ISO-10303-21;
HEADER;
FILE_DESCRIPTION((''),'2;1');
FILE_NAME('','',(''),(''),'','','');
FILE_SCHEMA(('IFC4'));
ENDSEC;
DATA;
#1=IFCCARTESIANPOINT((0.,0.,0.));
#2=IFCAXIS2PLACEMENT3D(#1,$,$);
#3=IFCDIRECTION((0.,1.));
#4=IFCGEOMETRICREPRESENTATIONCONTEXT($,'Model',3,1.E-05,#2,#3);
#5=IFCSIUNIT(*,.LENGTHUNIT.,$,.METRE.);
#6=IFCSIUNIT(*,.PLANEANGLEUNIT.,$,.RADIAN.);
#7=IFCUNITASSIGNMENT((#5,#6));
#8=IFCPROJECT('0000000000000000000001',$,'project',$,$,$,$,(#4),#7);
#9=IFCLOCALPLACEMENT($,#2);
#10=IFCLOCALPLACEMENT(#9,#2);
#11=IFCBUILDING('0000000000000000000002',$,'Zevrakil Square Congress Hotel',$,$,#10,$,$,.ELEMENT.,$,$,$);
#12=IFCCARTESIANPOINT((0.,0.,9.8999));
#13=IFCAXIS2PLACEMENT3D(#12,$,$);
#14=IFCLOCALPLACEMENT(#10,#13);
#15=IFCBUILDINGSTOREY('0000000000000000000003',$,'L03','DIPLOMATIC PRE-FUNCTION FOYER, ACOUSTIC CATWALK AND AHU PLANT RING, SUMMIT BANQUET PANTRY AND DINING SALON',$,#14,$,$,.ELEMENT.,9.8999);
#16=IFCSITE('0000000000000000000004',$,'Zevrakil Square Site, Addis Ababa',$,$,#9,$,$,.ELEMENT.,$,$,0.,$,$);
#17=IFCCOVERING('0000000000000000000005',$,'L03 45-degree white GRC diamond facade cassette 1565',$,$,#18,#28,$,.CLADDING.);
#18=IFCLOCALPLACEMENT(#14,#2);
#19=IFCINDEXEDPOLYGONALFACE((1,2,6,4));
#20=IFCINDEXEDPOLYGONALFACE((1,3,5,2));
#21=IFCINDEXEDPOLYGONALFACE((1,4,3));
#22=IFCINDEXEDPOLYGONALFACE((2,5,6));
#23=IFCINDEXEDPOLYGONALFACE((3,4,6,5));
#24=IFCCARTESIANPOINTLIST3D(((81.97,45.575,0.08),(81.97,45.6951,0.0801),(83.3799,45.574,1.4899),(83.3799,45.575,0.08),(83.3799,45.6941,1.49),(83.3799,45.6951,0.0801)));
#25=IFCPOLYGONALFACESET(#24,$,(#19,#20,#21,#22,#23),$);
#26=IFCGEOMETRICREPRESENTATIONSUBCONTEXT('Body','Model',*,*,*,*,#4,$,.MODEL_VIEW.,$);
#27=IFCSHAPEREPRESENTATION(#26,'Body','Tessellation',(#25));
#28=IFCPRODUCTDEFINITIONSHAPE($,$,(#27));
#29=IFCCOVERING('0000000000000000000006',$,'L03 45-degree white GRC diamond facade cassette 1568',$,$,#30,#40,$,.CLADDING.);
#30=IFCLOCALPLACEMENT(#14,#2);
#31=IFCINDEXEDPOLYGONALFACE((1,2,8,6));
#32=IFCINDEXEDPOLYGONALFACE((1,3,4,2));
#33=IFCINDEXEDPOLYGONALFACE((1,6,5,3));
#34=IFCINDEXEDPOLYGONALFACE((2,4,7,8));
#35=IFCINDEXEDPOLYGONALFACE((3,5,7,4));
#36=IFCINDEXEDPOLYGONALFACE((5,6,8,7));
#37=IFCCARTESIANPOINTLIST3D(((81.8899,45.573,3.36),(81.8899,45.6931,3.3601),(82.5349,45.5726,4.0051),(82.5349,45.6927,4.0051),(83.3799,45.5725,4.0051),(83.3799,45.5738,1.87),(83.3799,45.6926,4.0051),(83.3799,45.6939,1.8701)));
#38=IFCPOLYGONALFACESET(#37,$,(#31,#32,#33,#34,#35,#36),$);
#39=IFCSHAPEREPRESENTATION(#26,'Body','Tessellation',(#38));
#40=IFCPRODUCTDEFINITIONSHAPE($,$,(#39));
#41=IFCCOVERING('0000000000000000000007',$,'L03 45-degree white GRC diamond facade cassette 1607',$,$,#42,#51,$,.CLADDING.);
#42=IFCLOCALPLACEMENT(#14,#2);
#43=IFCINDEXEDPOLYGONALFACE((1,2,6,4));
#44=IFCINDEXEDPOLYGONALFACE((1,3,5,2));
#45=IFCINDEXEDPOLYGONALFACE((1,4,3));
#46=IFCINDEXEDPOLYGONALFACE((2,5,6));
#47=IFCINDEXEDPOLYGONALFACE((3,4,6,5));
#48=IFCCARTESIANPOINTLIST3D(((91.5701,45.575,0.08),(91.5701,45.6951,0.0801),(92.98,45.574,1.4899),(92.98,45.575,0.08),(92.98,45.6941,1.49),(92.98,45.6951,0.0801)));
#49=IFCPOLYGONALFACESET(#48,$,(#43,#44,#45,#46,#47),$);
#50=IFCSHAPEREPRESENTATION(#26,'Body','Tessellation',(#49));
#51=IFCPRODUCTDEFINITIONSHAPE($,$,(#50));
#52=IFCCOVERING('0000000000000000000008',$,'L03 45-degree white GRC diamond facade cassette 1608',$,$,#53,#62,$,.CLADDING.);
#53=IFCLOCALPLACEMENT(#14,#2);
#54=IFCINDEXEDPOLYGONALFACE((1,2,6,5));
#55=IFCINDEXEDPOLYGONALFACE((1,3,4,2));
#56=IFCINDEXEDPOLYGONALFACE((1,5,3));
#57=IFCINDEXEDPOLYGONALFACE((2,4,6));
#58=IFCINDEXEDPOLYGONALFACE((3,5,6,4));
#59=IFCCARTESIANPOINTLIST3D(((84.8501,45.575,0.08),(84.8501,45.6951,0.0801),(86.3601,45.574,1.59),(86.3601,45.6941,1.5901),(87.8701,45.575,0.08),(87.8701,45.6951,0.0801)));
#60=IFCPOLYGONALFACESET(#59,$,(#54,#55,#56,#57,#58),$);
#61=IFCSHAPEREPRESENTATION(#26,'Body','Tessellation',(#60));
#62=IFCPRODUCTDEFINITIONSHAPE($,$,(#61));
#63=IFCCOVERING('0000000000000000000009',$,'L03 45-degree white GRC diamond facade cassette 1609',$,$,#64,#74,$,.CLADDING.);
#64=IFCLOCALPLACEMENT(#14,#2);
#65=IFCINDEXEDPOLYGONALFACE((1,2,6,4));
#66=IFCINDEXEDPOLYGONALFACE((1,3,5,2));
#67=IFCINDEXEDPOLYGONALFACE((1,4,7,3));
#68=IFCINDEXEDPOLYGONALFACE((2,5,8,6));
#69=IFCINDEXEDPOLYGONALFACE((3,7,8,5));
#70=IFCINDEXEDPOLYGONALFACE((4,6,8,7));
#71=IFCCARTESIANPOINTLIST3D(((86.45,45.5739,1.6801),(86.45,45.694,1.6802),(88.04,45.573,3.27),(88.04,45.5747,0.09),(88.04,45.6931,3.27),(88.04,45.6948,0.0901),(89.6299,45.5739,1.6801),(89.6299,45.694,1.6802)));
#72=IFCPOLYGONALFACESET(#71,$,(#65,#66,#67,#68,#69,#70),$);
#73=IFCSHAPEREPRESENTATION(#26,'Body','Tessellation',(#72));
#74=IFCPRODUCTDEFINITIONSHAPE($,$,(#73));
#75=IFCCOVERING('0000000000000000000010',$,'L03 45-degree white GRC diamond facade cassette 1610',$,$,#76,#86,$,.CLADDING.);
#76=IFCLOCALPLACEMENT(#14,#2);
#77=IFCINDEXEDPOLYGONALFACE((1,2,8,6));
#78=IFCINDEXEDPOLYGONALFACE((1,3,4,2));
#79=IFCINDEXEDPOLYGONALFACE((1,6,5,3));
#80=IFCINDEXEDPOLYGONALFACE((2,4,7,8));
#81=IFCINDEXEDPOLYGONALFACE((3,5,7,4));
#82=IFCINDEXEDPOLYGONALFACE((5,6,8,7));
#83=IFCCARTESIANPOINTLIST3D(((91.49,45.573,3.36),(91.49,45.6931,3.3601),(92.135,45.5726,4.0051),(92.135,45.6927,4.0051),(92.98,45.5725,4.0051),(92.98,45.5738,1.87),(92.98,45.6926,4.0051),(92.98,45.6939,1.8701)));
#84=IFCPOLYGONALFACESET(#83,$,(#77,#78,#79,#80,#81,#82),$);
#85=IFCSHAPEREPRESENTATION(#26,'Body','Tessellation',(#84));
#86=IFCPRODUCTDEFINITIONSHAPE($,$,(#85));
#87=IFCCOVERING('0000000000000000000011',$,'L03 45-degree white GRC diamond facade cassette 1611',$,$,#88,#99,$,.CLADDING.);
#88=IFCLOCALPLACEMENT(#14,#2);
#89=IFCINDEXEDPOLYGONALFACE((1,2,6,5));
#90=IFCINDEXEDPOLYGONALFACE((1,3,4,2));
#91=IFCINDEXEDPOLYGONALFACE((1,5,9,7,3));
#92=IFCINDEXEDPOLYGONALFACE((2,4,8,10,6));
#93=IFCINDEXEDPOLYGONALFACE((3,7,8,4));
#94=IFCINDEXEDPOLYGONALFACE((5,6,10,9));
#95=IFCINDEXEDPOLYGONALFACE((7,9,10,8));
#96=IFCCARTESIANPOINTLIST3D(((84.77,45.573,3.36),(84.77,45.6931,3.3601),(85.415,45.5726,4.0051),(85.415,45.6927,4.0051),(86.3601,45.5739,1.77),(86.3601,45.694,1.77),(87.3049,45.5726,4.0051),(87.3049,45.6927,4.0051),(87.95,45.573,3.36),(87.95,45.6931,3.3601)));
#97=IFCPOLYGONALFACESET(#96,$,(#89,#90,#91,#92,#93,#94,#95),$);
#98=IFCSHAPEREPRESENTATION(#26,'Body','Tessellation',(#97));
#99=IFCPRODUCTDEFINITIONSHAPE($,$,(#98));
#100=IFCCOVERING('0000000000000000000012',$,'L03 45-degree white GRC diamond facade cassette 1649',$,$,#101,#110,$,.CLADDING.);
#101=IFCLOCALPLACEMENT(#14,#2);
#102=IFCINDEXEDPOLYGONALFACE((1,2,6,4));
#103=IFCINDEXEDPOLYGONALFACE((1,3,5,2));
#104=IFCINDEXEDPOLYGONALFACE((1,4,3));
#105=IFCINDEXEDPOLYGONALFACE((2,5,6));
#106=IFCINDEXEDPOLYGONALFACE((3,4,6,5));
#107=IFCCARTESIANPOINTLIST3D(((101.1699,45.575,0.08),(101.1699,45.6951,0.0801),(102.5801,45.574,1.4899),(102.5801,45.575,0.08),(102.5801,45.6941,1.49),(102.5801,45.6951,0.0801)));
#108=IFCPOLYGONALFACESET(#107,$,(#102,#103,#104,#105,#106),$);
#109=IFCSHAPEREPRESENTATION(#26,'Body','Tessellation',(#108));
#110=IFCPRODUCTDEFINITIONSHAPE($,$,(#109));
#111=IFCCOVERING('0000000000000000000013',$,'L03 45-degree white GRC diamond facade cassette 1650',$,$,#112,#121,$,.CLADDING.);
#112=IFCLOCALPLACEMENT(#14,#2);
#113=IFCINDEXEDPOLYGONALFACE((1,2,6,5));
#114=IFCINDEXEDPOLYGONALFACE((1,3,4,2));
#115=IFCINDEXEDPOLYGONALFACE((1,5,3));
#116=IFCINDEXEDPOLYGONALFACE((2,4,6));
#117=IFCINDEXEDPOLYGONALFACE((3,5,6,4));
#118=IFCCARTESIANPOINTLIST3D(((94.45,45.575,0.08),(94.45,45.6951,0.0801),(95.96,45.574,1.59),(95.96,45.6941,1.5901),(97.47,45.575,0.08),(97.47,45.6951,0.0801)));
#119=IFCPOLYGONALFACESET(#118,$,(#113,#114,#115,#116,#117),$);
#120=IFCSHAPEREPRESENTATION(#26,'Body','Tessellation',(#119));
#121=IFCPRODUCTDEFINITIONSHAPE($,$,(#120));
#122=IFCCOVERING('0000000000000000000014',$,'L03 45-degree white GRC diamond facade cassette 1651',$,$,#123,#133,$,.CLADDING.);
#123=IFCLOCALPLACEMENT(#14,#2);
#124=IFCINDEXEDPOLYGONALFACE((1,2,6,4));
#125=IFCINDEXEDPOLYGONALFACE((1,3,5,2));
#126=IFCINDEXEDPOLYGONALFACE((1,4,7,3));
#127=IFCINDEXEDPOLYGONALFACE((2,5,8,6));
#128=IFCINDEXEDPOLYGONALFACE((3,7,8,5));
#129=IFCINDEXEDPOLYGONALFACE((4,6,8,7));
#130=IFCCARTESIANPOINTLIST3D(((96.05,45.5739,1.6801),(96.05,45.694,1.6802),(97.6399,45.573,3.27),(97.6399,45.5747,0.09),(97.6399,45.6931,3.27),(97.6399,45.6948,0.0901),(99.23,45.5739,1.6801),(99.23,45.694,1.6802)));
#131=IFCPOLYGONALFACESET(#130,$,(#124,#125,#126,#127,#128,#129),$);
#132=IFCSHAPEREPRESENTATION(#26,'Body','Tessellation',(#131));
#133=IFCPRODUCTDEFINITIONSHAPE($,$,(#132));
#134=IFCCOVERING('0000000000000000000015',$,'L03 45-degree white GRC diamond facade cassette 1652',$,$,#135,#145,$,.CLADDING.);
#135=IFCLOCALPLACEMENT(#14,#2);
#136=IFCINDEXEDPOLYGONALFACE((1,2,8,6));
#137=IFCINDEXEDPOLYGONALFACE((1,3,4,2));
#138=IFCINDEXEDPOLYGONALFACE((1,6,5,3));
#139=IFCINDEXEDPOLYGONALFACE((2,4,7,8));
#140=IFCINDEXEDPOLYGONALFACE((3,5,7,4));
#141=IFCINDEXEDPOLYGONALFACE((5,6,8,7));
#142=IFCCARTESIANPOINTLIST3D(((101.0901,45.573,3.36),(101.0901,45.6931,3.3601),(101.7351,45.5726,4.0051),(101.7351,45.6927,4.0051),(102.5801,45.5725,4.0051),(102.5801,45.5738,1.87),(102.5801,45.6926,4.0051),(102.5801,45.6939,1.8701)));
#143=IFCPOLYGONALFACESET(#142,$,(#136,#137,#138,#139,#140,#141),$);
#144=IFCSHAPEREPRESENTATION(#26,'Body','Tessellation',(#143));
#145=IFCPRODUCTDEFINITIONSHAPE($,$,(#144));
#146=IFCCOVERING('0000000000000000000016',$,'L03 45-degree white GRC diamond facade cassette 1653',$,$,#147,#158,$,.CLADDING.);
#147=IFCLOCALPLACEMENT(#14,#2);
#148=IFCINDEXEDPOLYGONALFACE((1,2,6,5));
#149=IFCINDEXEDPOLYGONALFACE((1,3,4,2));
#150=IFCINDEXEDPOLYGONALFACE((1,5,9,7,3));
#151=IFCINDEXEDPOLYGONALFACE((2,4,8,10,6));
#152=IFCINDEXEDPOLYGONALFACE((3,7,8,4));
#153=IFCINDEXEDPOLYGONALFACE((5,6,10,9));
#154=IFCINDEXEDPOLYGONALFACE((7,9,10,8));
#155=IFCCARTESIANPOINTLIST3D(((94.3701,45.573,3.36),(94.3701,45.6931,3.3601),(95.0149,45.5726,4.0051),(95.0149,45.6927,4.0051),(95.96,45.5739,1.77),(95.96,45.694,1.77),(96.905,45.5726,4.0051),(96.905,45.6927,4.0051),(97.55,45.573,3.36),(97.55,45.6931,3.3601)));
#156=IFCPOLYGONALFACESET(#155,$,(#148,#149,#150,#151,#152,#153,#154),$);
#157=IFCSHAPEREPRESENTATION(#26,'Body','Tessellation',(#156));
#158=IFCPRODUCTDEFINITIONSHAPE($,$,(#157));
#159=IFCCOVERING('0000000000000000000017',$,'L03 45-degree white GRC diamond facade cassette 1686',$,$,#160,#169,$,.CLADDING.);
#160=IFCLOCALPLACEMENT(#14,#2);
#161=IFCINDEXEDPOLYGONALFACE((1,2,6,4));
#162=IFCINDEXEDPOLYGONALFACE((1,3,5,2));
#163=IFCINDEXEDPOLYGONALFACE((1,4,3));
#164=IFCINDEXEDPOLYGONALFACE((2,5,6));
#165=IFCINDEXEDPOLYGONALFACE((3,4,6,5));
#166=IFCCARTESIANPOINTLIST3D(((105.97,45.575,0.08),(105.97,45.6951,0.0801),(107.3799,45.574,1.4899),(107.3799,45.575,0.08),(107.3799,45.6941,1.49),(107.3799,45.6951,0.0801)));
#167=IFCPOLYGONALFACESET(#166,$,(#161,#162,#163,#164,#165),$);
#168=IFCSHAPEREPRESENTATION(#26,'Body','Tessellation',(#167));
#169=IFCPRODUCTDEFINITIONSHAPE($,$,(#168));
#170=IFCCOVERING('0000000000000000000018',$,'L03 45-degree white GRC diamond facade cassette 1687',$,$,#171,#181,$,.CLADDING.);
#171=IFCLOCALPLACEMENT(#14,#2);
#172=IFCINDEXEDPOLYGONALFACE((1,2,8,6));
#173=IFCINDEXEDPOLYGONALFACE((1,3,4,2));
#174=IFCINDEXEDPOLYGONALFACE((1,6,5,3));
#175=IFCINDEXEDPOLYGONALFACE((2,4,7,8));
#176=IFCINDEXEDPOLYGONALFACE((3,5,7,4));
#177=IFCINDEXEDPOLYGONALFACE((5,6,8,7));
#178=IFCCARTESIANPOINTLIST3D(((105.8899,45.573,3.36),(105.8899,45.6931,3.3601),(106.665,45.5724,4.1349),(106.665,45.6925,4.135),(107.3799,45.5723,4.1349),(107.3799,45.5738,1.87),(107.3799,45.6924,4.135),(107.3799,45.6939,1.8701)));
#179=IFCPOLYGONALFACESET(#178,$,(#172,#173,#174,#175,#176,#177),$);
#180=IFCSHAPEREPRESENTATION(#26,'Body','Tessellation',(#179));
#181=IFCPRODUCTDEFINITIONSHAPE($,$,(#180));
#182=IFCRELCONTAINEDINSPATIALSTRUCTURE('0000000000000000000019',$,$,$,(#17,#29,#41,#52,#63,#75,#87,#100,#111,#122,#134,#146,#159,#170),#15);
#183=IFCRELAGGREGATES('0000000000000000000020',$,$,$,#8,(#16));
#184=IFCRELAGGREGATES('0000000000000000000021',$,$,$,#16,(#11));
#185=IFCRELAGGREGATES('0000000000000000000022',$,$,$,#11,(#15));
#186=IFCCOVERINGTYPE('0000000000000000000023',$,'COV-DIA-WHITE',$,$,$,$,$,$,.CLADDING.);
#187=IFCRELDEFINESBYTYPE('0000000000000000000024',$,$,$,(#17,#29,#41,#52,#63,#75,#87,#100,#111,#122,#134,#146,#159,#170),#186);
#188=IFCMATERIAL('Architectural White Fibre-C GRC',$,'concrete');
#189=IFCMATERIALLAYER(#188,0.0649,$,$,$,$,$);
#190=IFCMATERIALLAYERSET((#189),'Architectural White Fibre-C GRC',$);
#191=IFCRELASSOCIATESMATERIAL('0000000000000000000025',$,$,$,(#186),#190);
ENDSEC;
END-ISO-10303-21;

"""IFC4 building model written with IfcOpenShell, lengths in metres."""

from ifc_helpers import new_model, si_unit, direction, frame, origin, place, context, subcontext, project, spatial, polyline, outline, extrude, material, layer, layer_set, type_object, element, save


model = new_model("IFC4")

# Units and contexts
model_context = context("Model", 3, precision=1e-05, world=origin(), true_north=direction((0.0, 1.0)))
body_context = subcontext(model_context, "Body", "Model", "MODEL_VIEW")
ifc_project = project(units=[si_unit("LENGTHUNIT", "METRE"), si_unit("PLANEANGLEUNIT", "RADIAN")], contexts=[model_context])

# Site, building, storey
site_placement = place(None, origin())
site = spatial("IfcSite", under=ifc_project, at=site_placement, Name="Zevrakil Square Site, Addis Ababa", CompositionType="ELEMENT", RefElevation=0.0)
building_placement = place(site_placement, origin())
building = spatial("IfcBuilding", under=site, at=building_placement, Name="Zevrakil Square Congress Hotel", CompositionType="ELEMENT")
storey_placement = place(building_placement, frame((0.0, 0.0, 9.8999)))
storey = spatial("IfcBuildingStorey", under=building, at=storey_placement, Name="L03", Description="DIPLOMATIC PRE-FUNCTION FOYER, ACOUSTIC CATWALK AND AHU PLANT RING, SUMMIT BANQUET PANTRY AND DINING SALON", CompositionType="ELEMENT", Elevation=9.8999)

# Coverings
ifc_material_1 = material(Name="Architectural White Fibre-C GRC", Category="concrete")
ifc_layer_1 = layer(ifc_material_1, 0.0649)
ifc_layer_set_1 = layer_set([ifc_layer_1], Name="Architectural White Fibre-C GRC")
covering_type_1 = type_object("IfcCoveringType", Name="COV-DIA-WHITE", PredefinedType="CLADDING", material=ifc_layer_set_1)
covering_1_placement = place(storey_placement, frame((81.97, 45.6951, 0.0801), z_axis=(0.0, 1.0, 0.000693), x_axis=(1.0, 0.0, 0.0)))
element("IfcCovering", 1, at=covering_1_placement, inside=storey, type_object=covering_type_1, Name="L03 45-degree white GRC diamond facade cassette 1565", PredefinedType="CLADDING", context=body_context, shape_type="SweptSolid", body=[
    extrude(outline(polyline([(0.0, 0.0), (1.4099, 0.0), (1.4099, -1.4099), (0.0, 0.0)])), origin(), (0.0, 0.0, -1.0), 0.1201),
])
covering_2_placement = place(storey_placement, frame((81.8899, 45.6931, 3.3601), z_axis=(0.000068, 1.0, 0.000599), x_axis=(0.707107, 0.000375, -0.707107)))
element("IfcCovering", 2, at=covering_2_placement, inside=storey, type_object=covering_type_1, Name="L03 45-degree white GRC diamond facade cassette 1568", PredefinedType="CLADDING", context=body_context, shape_type="SweptSolid", body=[
    extrude(outline(polyline([(0.0, 0.0), (2.1072, 0.0), (0.5975, -1.5097), (0.0, -0.9122), (0.0, 0.0)])), origin(), (0.0, 0.0, -1.0), 0.1201),
])
covering_3_placement = place(storey_placement, frame((91.5701, 45.6951, 0.0801), z_axis=(0.0, 1.0, 0.000693), x_axis=(1.0, 0.0, 0.0)))
element("IfcCovering", 3, at=covering_3_placement, inside=storey, type_object=covering_type_1, Name="L03 45-degree white GRC diamond facade cassette 1607", PredefinedType="CLADDING", context=body_context, shape_type="SweptSolid", body=[
    extrude(outline(polyline([(0.0, 0.0), (1.4099, 0.0), (1.4099, -1.4099), (0.0, 0.0)])), origin(), (0.0, 0.0, -1.0), 0.1201),
])
covering_4_placement = place(storey_placement, frame((86.3601, 45.6941, 1.5901), z_axis=(0.0, 1.0, 0.000647), x_axis=(-0.707107, 0.000457, -0.707107)))
element("IfcCovering", 4, at=covering_4_placement, inside=storey, type_object=covering_type_1, Name="L03 45-degree white GRC diamond facade cassette 1608", PredefinedType="CLADDING", context=body_context, shape_type="SweptSolid", body=[
    extrude(outline(polyline([(0.0, 0.0), (2.1355, 0.0), (0.0, -2.1355), (0.0, 0.0)])), origin(), (0.0, 0.0, -1.0), 0.1201),
])
covering_5_placement = place(storey_placement, frame((88.04, 45.6931, 3.27), z_axis=(0.0, 1.0, 0.000537), x_axis=(-0.707161, 0.00038, -0.707052)))
element("IfcCovering", 5, at=covering_5_placement, inside=storey, type_object=covering_type_1, Name="L03 45-degree white GRC diamond facade cassette 1609", PredefinedType="CLADDING", context=body_context, shape_type="SweptSolid", body=[
    extrude(outline(polyline([(0.0, 0.0), (2.2486, 0.0), (2.2484, -2.2487), (-0.0002, -2.2484), (0.0, 0.0)])), origin(), (0.0, 0.0, -1.0), 0.1201),
])
covering_6_placement = place(storey_placement, frame((91.49, 45.6931, 3.3601), z_axis=(0.000068, 1.0, 0.000599), x_axis=(0.707107, 0.000375, -0.707107)))
element("IfcCovering", 6, at=covering_6_placement, inside=storey, type_object=covering_type_1, Name="L03 45-degree white GRC diamond facade cassette 1610", PredefinedType="CLADDING", context=body_context, shape_type="SweptSolid", body=[
    extrude(outline(polyline([(0.0, 0.0), (2.1072, 0.0), (0.5975, -1.5097), (0.0, -0.9122), (0.0, 0.0)])), origin(), (0.0, 0.0, -1.0), 0.1201),
])
covering_7_placement = place(storey_placement, frame((84.77, 45.6931, 3.3601), z_axis=(0.0, 1.0, 0.000577), x_axis=(0.707107, 0.000408, -0.707107)))
element("IfcCovering", 7, at=covering_7_placement, inside=storey, type_object=covering_type_1, Name="L03 45-degree white GRC diamond facade cassette 1611", PredefinedType="CLADDING", context=body_context, shape_type="SweptSolid", body=[
    extrude(outline(polyline([(0.0, 0.0), (2.2487, 0.0), (2.2486, -2.2486), (1.3364, -2.2486), (0.0, -0.9122), (0.0, 0.0)])), origin(), (0.0, 0.0, -1.0), 0.1201),
])
covering_8_placement = place(storey_placement, frame((101.1699, 45.6951, 0.0801), z_axis=(0.0, 1.0, 0.000693), x_axis=(1.0, 0.0, 0.0)))
element("IfcCovering", 8, at=covering_8_placement, inside=storey, type_object=covering_type_1, Name="L03 45-degree white GRC diamond facade cassette 1649", PredefinedType="CLADDING", context=body_context, shape_type="SweptSolid", body=[
    extrude(outline(polyline([(0.0, 0.0), (1.4102, 0.0), (1.4102, -1.4099), (0.0, 0.0)])), origin(), (0.0, 0.0, -1.0), 0.1201),
])
covering_9_placement = place(storey_placement, frame((95.96, 45.6941, 1.5901), z_axis=(0.0, 1.0, 0.000647), x_axis=(-0.707107, 0.000457, -0.707107)))
element("IfcCovering", 9, at=covering_9_placement, inside=storey, type_object=covering_type_1, Name="L03 45-degree white GRC diamond facade cassette 1650", PredefinedType="CLADDING", context=body_context, shape_type="SweptSolid", body=[
    extrude(outline(polyline([(0.0, 0.0), (2.1355, 0.0), (0.0, -2.1355), (0.0, 0.0)])), origin(), (0.0, 0.0, -1.0), 0.1201),
])
covering_10_placement = place(storey_placement, frame((97.6399, 45.6931, 3.27), z_axis=(0.0, 1.0, 0.000537), x_axis=(-0.707107, 0.00038, -0.707107)))
element("IfcCovering", 10, at=covering_10_placement, inside=storey, type_object=covering_type_1, Name="L03 45-degree white GRC diamond facade cassette 1651", PredefinedType="CLADDING", context=body_context, shape_type="SweptSolid", body=[
    extrude(outline(polyline([(0.0, 0.0), (2.2484, 0.0), (2.2486, -2.2486), (-0.0002, -2.2486), (0.0, 0.0)])), origin(), (0.0, 0.0, -1.0), 0.1201),
])
covering_11_placement = place(storey_placement, frame((101.0901, 45.6931, 3.3601), z_axis=(0.000068, 1.0, 0.000599), x_axis=(0.707107, 0.000375, -0.707107)))
element("IfcCovering", 11, at=covering_11_placement, inside=storey, type_object=covering_type_1, Name="L03 45-degree white GRC diamond facade cassette 1652", PredefinedType="CLADDING", context=body_context, shape_type="SweptSolid", body=[
    extrude(outline(polyline([(0.0, 0.0), (2.1072, 0.0), (0.5975, -1.5097), (0.0, -0.9122), (0.0, 0.0)])), origin(), (0.0, 0.0, -1.0), 0.1201),
])
covering_12_placement = place(storey_placement, frame((94.3701, 45.6931, 3.3601), z_axis=(0.0, 1.0, 0.000577), x_axis=(0.707052, 0.000408, -0.707161)))
element("IfcCovering", 12, at=covering_12_placement, inside=storey, type_object=covering_type_1, Name="L03 45-degree white GRC diamond facade cassette 1653", PredefinedType="CLADDING", context=body_context, shape_type="SweptSolid", body=[
    extrude(outline(polyline([(0.0, 0.0), (2.2486, 0.0), (2.2484, -2.2487), (1.3362, -2.2487), (-0.0002, -0.912), (0.0, 0.0)])), origin(), (0.0, 0.0, -1.0), 0.1201),
])
covering_13_placement = place(storey_placement, frame((105.97, 45.6951, 0.0801), z_axis=(0.0, 1.0, 0.000693), x_axis=(1.0, 0.0, 0.0)))
element("IfcCovering", 13, at=covering_13_placement, inside=storey, type_object=covering_type_1, Name="L03 45-degree white GRC diamond facade cassette 1686", PredefinedType="CLADDING", context=body_context, shape_type="SweptSolid", body=[
    extrude(outline(polyline([(0.0, 0.0), (1.4099, 0.0), (1.4099, -1.4099), (0.0, 0.0)])), origin(), (0.0, 0.0, -1.0), 0.1201),
])
covering_14_placement = place(storey_placement, frame((105.8899, 45.6931, 3.3601), z_axis=(0.000133, 1.0, 0.000689), x_axis=(0.707107, 0.000393, -0.707107)))
element("IfcCovering", 14, at=covering_14_placement, inside=storey, type_object=covering_type_1, Name="L03 45-degree white GRC diamond facade cassette 1687", PredefinedType="CLADDING", context=body_context, shape_type="SweptSolid", body=[
    extrude(outline(polyline([(0.0, 0.0), (2.1072, 0.0), (0.5056, -1.6015), (0.0002, -1.0961), (0.0, 0.0)])), origin(), (0.0, 0.0, -1.0), 0.1201),
])

save(model, "model.ifc")
